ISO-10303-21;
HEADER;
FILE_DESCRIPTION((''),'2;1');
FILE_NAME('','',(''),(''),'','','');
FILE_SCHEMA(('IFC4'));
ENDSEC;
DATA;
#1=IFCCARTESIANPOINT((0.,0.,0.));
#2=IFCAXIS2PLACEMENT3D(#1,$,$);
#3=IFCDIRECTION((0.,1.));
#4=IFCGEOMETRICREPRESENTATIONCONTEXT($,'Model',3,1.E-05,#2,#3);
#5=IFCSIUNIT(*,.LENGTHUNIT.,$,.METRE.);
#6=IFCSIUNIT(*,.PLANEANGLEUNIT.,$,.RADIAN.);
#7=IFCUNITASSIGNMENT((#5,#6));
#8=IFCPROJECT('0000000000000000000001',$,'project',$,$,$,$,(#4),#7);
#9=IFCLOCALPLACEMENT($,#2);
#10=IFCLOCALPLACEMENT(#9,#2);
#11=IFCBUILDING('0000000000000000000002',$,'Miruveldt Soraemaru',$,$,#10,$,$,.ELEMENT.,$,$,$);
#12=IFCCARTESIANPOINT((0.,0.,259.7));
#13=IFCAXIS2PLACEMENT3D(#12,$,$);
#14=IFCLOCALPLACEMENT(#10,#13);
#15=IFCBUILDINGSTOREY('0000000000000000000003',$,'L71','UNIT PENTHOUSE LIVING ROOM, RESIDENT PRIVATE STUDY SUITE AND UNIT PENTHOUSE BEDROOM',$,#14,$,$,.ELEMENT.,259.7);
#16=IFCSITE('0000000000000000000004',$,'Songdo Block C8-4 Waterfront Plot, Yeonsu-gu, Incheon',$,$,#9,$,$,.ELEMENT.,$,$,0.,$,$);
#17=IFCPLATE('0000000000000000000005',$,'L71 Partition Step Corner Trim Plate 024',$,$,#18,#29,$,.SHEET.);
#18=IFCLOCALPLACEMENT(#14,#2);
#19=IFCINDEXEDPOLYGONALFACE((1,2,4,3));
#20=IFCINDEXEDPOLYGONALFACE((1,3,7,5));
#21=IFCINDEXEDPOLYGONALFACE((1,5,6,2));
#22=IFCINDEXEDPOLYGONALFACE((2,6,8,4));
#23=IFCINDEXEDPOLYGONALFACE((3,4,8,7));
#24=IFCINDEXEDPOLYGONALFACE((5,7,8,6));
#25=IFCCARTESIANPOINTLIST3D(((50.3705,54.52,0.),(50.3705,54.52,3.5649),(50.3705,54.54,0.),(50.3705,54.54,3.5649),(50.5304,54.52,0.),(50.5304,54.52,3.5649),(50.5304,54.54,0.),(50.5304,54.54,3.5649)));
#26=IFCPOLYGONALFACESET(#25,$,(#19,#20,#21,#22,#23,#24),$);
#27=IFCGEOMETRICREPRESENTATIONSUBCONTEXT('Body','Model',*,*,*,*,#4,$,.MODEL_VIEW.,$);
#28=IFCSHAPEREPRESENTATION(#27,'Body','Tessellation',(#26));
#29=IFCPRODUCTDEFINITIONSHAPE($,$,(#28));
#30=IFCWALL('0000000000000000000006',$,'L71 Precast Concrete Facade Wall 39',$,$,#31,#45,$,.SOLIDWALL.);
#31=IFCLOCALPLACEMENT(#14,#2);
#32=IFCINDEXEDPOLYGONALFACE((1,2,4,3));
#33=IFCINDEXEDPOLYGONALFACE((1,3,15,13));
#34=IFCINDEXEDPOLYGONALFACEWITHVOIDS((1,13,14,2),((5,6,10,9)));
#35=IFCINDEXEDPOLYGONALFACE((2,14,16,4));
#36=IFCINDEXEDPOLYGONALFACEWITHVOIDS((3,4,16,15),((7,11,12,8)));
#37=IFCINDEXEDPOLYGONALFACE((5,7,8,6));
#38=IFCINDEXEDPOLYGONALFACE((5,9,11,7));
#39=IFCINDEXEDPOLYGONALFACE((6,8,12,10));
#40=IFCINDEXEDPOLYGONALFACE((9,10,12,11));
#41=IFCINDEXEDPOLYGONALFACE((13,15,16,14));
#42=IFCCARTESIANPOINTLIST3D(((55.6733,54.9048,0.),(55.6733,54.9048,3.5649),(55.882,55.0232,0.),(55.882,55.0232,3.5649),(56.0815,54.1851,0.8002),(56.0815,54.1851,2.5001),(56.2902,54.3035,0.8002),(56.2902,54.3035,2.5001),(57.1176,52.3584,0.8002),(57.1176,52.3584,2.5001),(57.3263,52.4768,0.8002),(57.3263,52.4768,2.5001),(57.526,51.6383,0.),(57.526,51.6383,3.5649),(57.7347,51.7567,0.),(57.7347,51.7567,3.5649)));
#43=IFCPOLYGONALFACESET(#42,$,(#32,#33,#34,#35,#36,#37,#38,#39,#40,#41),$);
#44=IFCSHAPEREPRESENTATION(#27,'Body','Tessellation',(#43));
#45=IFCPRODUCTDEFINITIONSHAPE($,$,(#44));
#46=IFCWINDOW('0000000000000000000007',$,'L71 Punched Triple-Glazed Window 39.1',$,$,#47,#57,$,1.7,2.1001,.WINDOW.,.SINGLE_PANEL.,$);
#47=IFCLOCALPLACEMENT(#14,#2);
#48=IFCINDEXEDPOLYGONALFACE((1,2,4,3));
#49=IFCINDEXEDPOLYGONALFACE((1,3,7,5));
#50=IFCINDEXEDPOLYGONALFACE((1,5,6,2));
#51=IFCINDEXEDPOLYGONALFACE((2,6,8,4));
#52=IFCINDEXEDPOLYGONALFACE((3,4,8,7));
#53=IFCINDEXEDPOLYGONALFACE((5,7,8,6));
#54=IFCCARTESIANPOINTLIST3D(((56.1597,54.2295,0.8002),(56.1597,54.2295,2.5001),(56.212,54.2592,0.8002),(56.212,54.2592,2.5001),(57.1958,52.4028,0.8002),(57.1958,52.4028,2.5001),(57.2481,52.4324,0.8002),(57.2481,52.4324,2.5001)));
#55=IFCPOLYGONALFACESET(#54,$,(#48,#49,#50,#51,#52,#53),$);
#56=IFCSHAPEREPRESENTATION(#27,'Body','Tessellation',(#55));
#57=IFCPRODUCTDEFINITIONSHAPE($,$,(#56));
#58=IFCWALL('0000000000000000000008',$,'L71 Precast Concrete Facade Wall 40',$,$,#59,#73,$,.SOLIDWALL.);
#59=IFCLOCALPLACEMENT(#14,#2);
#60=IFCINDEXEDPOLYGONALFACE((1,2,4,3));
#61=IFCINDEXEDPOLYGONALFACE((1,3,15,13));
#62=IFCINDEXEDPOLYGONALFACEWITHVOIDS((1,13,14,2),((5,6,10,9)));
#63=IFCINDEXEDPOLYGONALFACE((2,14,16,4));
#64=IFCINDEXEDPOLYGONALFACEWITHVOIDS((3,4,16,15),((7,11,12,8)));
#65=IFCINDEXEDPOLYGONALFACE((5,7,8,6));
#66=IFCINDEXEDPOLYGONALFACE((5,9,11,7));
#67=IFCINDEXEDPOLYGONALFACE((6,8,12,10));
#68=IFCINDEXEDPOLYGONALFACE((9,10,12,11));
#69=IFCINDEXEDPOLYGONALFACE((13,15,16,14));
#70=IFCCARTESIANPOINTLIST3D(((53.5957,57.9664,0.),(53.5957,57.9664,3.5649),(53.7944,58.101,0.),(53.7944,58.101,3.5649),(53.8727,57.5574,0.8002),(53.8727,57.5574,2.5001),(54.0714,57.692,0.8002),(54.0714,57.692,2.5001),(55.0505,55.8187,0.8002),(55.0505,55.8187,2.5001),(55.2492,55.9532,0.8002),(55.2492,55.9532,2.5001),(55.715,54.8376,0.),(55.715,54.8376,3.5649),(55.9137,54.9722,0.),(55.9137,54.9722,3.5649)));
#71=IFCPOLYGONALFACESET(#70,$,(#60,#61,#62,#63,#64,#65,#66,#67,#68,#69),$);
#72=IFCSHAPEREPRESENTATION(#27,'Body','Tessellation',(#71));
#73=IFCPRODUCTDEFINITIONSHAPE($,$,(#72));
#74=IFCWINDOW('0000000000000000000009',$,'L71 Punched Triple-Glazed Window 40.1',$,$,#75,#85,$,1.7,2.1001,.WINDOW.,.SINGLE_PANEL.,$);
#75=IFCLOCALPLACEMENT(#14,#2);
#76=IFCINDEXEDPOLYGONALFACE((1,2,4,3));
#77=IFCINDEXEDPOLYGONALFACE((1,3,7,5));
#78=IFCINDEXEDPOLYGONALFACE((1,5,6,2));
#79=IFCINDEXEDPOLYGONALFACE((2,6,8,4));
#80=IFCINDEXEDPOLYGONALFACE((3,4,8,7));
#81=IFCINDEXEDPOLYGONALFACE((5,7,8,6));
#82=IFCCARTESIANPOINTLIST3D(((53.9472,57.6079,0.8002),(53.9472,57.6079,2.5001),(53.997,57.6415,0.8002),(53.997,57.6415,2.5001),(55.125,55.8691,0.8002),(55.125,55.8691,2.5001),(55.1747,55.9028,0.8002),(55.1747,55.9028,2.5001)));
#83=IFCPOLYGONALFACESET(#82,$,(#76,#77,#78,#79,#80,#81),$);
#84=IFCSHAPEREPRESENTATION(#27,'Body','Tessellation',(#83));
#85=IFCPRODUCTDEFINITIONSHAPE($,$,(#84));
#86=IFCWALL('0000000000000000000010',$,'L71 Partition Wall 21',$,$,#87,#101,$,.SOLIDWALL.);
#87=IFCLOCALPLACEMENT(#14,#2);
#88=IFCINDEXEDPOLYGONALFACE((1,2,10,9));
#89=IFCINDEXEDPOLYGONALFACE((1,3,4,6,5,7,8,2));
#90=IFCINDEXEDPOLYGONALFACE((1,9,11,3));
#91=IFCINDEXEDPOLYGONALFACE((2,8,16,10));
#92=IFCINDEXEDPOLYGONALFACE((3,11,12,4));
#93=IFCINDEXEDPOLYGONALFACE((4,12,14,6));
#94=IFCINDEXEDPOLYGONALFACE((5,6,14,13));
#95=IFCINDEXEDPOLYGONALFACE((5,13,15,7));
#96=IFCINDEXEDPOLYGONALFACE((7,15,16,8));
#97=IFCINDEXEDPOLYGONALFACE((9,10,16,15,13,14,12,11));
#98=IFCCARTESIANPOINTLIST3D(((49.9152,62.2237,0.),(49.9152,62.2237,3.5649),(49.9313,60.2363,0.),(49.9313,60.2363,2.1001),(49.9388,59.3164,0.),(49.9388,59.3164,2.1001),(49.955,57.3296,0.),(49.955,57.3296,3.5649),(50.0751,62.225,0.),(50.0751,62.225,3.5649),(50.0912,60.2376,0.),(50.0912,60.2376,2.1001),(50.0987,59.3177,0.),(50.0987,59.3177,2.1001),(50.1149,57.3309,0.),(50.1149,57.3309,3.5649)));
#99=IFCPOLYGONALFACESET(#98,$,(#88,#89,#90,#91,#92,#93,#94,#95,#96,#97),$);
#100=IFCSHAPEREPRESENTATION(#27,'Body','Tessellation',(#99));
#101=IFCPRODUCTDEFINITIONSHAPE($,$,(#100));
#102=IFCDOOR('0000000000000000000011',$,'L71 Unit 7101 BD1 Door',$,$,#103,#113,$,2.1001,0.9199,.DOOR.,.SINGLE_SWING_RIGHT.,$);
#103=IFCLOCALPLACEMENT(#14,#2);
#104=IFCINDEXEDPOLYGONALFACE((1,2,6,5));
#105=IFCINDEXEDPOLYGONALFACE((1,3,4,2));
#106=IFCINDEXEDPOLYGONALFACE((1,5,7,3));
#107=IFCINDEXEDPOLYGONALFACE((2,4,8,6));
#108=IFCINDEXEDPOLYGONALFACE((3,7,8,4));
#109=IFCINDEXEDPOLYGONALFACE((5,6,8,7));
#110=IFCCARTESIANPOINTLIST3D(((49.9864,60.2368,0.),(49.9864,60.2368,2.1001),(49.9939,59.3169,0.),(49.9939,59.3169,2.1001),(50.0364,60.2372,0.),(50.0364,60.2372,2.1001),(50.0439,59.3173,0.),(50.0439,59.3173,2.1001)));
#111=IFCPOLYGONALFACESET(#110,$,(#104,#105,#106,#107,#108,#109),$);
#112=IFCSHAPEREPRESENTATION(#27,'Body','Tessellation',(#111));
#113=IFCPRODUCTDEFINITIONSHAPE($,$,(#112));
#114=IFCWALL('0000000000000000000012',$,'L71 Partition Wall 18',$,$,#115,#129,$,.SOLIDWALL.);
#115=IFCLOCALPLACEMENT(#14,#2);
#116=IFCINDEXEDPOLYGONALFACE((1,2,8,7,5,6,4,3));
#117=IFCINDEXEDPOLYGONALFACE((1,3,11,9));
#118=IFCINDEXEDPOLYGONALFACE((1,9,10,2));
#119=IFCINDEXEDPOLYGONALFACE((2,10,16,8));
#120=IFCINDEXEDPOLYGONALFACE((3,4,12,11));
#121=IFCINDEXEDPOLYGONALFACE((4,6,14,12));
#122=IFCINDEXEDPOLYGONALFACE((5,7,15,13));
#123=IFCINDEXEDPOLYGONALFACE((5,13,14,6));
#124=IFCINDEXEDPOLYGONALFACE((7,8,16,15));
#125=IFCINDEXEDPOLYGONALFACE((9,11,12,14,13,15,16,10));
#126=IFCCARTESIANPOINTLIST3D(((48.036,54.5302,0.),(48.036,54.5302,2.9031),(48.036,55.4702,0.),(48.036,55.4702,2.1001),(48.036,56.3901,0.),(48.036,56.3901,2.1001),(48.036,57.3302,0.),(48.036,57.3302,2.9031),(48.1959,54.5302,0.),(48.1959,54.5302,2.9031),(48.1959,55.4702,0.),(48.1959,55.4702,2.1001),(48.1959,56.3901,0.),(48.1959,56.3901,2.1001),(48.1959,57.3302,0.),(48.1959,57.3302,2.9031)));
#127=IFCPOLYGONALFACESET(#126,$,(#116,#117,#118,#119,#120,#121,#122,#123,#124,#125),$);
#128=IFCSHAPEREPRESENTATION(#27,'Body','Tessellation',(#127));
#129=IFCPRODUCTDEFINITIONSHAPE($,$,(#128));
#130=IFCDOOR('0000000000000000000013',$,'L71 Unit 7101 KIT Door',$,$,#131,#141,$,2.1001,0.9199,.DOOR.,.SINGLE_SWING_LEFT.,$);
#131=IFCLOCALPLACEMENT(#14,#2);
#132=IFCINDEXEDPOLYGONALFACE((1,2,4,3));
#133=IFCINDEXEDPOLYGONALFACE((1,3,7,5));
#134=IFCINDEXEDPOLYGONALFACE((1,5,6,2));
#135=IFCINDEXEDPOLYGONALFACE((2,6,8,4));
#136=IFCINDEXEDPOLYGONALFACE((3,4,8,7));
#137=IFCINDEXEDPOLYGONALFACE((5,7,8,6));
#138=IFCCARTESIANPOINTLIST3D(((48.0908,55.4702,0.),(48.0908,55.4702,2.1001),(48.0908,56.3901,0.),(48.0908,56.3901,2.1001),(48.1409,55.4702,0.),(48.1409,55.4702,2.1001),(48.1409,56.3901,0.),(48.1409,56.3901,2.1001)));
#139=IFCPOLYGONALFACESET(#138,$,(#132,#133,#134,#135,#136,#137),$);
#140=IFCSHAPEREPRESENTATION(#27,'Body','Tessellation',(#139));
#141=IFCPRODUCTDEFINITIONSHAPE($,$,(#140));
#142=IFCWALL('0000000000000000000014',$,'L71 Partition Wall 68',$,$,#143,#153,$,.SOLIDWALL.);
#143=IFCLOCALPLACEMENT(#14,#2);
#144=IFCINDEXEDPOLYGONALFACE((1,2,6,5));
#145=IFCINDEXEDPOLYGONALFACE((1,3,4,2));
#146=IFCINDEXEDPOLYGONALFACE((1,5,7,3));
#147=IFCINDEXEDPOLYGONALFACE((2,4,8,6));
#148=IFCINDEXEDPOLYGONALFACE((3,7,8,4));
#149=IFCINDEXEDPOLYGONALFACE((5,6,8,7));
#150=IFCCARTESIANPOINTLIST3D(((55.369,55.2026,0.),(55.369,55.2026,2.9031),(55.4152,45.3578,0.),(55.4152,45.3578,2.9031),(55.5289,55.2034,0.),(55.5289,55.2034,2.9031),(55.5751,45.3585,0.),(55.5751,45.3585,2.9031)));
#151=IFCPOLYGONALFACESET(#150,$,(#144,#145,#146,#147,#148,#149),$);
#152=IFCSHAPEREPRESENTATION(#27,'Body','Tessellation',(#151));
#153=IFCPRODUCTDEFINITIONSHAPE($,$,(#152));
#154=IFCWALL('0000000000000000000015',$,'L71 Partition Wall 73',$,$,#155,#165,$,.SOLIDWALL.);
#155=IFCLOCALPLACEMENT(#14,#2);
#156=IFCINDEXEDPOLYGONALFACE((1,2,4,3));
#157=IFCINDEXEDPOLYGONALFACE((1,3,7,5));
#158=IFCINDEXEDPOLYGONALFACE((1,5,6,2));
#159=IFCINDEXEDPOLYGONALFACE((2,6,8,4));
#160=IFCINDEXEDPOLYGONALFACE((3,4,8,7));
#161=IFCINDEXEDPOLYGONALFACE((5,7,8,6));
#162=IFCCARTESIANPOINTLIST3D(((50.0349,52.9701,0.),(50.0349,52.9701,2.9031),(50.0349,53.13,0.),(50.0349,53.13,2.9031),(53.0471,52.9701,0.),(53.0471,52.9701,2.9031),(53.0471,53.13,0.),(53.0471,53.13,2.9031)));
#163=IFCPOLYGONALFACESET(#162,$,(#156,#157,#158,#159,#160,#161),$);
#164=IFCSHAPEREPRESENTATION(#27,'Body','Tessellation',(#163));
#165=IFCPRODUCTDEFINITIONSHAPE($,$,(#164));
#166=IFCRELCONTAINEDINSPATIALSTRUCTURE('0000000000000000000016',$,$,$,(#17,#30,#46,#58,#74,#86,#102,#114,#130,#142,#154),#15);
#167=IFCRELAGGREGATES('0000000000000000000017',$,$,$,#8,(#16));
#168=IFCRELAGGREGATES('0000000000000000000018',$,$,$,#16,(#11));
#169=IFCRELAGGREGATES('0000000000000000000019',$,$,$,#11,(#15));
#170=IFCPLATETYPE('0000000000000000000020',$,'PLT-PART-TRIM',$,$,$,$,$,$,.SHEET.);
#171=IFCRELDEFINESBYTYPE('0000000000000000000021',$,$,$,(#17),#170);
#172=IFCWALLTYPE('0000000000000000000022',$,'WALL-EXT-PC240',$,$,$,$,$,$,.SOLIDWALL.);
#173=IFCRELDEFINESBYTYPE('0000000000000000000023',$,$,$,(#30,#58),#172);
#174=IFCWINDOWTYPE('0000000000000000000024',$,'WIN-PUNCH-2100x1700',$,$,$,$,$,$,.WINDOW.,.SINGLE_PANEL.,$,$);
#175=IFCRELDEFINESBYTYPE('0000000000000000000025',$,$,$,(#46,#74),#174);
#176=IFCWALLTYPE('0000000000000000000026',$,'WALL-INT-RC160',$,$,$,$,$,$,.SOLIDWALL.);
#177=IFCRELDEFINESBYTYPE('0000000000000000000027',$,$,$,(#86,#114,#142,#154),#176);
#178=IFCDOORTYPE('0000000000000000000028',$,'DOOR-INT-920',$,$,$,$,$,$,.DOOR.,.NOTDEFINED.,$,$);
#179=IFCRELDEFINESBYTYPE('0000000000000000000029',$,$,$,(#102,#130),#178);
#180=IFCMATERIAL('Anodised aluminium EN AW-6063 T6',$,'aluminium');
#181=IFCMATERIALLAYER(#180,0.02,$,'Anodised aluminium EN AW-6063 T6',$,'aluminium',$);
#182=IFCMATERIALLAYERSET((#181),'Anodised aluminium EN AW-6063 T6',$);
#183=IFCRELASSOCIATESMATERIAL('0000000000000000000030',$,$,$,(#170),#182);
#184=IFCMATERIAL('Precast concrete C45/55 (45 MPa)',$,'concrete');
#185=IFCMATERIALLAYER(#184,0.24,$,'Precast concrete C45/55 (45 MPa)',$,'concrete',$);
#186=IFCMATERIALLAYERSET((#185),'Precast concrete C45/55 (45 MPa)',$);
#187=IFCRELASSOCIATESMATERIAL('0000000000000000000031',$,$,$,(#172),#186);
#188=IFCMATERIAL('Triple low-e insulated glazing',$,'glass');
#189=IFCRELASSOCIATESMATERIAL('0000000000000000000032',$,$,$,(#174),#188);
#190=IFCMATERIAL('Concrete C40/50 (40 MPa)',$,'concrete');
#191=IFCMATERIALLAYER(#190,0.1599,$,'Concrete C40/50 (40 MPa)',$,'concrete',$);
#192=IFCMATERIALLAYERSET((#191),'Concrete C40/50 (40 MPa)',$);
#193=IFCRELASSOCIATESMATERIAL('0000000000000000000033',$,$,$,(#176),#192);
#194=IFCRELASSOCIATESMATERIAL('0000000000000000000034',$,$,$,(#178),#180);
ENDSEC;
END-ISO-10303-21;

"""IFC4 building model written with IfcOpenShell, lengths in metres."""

from ifc_helpers import new_model, si_unit, direction, frame, frame_2d, origin, origin_2d, place, context, subcontext, project, spatial, rectangle, extrude, material, layer, layer_set, type_object, element, fill, save


model = new_model("IFC4")

# Units and contexts
model_context = context("Model", 3, precision=1e-05, world=origin(), true_north=direction((0.0, 1.0)))
body_context = subcontext(model_context, "Body", "Model", "MODEL_VIEW")
ifc_project = project(units=[si_unit("LENGTHUNIT", "METRE"), si_unit("PLANEANGLEUNIT", "RADIAN")], contexts=[model_context])

# Site, building, storey
site_placement = place(None, origin())
site = spatial("IfcSite", under=ifc_project, at=site_placement, Name="Songdo Block C8-4 Waterfront Plot, Yeonsu-gu, Incheon", CompositionType="ELEMENT", RefElevation=0.0)
building_placement = place(site_placement, origin())
building = spatial("IfcBuilding", under=site, at=building_placement, Name="Miruveldt Soraemaru", CompositionType="ELEMENT")
storey_placement = place(building_placement, frame((0.0, 0.0, 259.7)))
storey = spatial("IfcBuildingStorey", under=building, at=storey_placement, Name="L71", Description="UNIT PENTHOUSE LIVING ROOM, RESIDENT PRIVATE STUDY SUITE AND UNIT PENTHOUSE BEDROOM", CompositionType="ELEMENT", Elevation=259.7)

# Plate
ifc_material_1 = material(Name="Anodised aluminium EN AW-6063 T6", Category="aluminium")
ifc_layer_1 = layer(ifc_material_1, 0.02, Name="Anodised aluminium EN AW-6063 T6", Category="aluminium")
ifc_layer_set_1 = layer_set([ifc_layer_1], Name="Anodised aluminium EN AW-6063 T6")
plate_type = type_object("IfcPlateType", Name="PLT-PART-TRIM", PredefinedType="SHEET", material=ifc_layer_set_1)
plate_placement = place(storey_placement, frame((50.4504, 54.53, 0.0), z_axis=(0.0, 0.0, 1.0), x_axis=(1.0, 0.0, 0.0)))
element("IfcPlate", 1, at=plate_placement, inside=storey, type_object=plate_type, Name="L71 Partition Step Corner Trim Plate 024", PredefinedType="SHEET", context=body_context, shape_type="SweptSolid", body=[
    extrude(rectangle(XDim=0.1599, YDim=0.02, at=origin_2d()), origin(), (0.0, 0.0, 1.0), 3.5649),
])

# Walls, openings, windows
ifc_material_2 = material(Name="Precast concrete C45/55 (45 MPa)", Category="concrete")
ifc_layer_2 = layer(ifc_material_2, 0.24, Name="Precast concrete C45/55 (45 MPa)", Category="concrete")
ifc_layer_set_2 = layer_set([ifc_layer_2], Name="Precast concrete C45/55 (45 MPa)")
wall_type_1 = type_object("IfcWallType", Name="WALL-EXT-PC240", PredefinedType="SOLIDWALL", material=ifc_layer_set_2)
wall_1_placement = place(storey_placement, frame((57.6304, 51.6975, 0.0), z_axis=(0.0, 0.0, 1.0), x_axis=(-0.493357, 0.869827, 0.0)))
wall_1 = element("IfcWall", 2, at=wall_1_placement, inside=storey, type_object=wall_type_1, Name="L71 Precast Concrete Facade Wall 39", PredefinedType="SOLIDWALL", context=body_context, shape_type="SweptSolid", body=[
    extrude(rectangle(XDim=3.7554, YDim=0.24, at=frame_2d((1.8777, 0.0))), origin(), (0.0, 0.0, 1.0), 3.5649),
])
opening_1_placement = place(wall_1_placement, frame((0.8279, 0.0, 0.8)))
opening_1 = element("IfcOpeningElement", 3, at=opening_1_placement, cuts=wall_1, PredefinedType="OPENING", context=body_context, shape_type="SweptSolid", body=[
    extrude(rectangle(XDim=2.1001, YDim=1.7, at=frame_2d((1.05, 0.8501))), frame((0.0, 0.1299, 0.0), z_axis=(0.0, -1.0, 0.0), x_axis=(1.0, 0.0, 0.0)), (0.0, 0.0, 1.0), 0.26),
])
ifc_material_3 = material(Name="Triple low-e insulated glazing", Category="glass")
window_type = type_object("IfcWindowType", Name="WIN-PUNCH-2100x1700", PartitioningType="SINGLE_PANEL", PredefinedType="WINDOW", material=ifc_material_3)
window_1_placement = place(opening_1_placement, origin())
window_1 = element("IfcWindow", 4, at=window_1_placement, inside=storey, type_object=window_type, Name="L71 Punched Triple-Glazed Window 39.1", OverallHeight=1.7, OverallWidth=2.1001, PartitioningType="SINGLE_PANEL", PredefinedType="WINDOW", context=body_context, shape_type="SweptSolid", body=[
    extrude(rectangle(XDim=2.1001, YDim=1.7, at=frame_2d((1.05, 0.8501))), frame((0.0, 0.03, 0.0), z_axis=(0.0, -1.0, 0.0), x_axis=(1.0, 0.0, 0.0)), (0.0, 0.0, 1.0), 0.0601),
])
fill(opening_1, window_1)
wall_2_placement = place(storey_placement, frame((55.8145, 54.9048, 0.0), z_axis=(0.0, 0.0, 1.0), x_axis=(-0.560812, 0.827943, 0.0)))
wall_2 = element("IfcWall", 5, at=wall_2_placement, inside=storey, type_object=wall_type_1, Name="L71 Precast Concrete Facade Wall 40", PredefinedType="SOLIDWALL", context=body_context, shape_type="SweptSolid", body=[
    extrude(rectangle(XDim=3.7791, YDim=0.24, at=frame_2d((1.8896, 0.0))), origin(), (0.0, 0.0, 1.0), 3.5649),
])
opening_2_placement = place(wall_2_placement, frame((1.1851, 0.0, 0.8)))
opening_2 = element("IfcOpeningElement", 6, at=opening_2_placement, cuts=wall_2, PredefinedType="OPENING", context=body_context, shape_type="SweptSolid", body=[
    extrude(rectangle(XDim=2.1001, YDim=1.7, at=frame_2d((1.05, 0.8501))), frame((0.0, 0.1299, 0.0), z_axis=(0.0, -1.0, 0.0), x_axis=(1.0, 0.0, 0.0)), (0.0, 0.0, 1.0), 0.26),
])
window_2_placement = place(opening_2_placement, origin())
window_2 = element("IfcWindow", 7, at=window_2_placement, inside=storey, type_object=window_type, Name="L71 Punched Triple-Glazed Window 40.1", OverallHeight=1.7, OverallWidth=2.1001, PartitioningType="SINGLE_PANEL", PredefinedType="WINDOW", context=body_context, shape_type="SweptSolid", body=[
    extrude(rectangle(XDim=2.1001, YDim=1.7, at=frame_2d((1.05, 0.8501))), frame((0.0, 0.03, 0.0), z_axis=(0.0, -1.0, 0.0), x_axis=(1.0, 0.0, 0.0)), (0.0, 0.0, 1.0), 0.0601),
])
fill(opening_2, window_2)

# Walls, openings, doors
ifc_material_4 = material(Name="Concrete C40/50 (40 MPa)", Category="concrete")
ifc_layer_3 = layer(ifc_material_4, 0.1599, Name="Concrete C40/50 (40 MPa)", Category="concrete")
ifc_layer_set_3 = layer_set([ifc_layer_3], Name="Concrete C40/50 (40 MPa)")
wall_type_2 = type_object("IfcWallType", Name="WALL-INT-RC160", PredefinedType="SOLIDWALL", material=ifc_layer_set_3)
wall_3_placement = place(storey_placement, frame((50.0349, 57.3301, 0.0), z_axis=(0.0, 0.0, 1.0), x_axis=(-0.008131, 0.999967, 0.0)))
wall_3 = element("IfcWall", 8, at=wall_3_placement, inside=storey, type_object=wall_type_2, Name="L71 Partition Wall 21", PredefinedType="SOLIDWALL", context=body_context, shape_type="SweptSolid", body=[
    extrude(rectangle(XDim=4.8943, YDim=0.1599, at=frame_2d((2.4473, 0.0))), origin(), (0.0, 0.0, 1.0), 3.5649),
])
opening_3_placement = place(wall_3_placement, frame((1.9871, 0.0, 0.0)))
opening_3 = element("IfcOpeningElement", 9, at=opening_3_placement, cuts=wall_3, PredefinedType="OPENING", context=body_context, shape_type="SweptSolid", body=[
    extrude(rectangle(XDim=0.9199, YDim=2.1001, at=frame_2d((0.46, 1.05))), frame((0.0, 0.0898, 0.0), z_axis=(0.0, -1.0, 0.0), x_axis=(1.0, 0.0, 0.0)), (0.0, 0.0, 1.0), 0.1799),
])
door_type = type_object("IfcDoorType", Name="DOOR-INT-920", OperationType="NOTDEFINED", PredefinedType="DOOR", material=ifc_material_1)
door_1_placement = place(opening_3_placement, origin())
door_1 = element("IfcDoor", 10, at=door_1_placement, inside=storey, type_object=door_type, Name="L71 Unit 7101 BD1 Door", OperationType="SINGLE_SWING_RIGHT", OverallHeight=2.1001, OverallWidth=0.9199, PredefinedType="DOOR", context=body_context, shape_type="SweptSolid", body=[
    extrude(rectangle(XDim=0.9199, YDim=2.1001, at=frame_2d((0.46, 1.05))), frame((0.0, 0.0249, 0.0), z_axis=(0.0, -1.0, 0.0), x_axis=(1.0, 0.0, 0.0)), (0.0, 0.0, 1.0), 0.05),
])
fill(opening_3, door_1)
wall_4_placement = place(storey_placement, frame((48.116, 57.3301, 0.0), z_axis=(0.0, 0.0, 1.0), x_axis=(0.0, -1.0, 0.0)))
wall_4 = element("IfcWall", 11, at=wall_4_placement, inside=storey, type_object=wall_type_2, Name="L71 Partition Wall 18", PredefinedType="SOLIDWALL", context=body_context, shape_type="SweptSolid", body=[
    extrude(rectangle(XDim=2.8, YDim=0.1599, at=frame_2d((1.3999, 0.0))), origin(), (0.0, 0.0, 1.0), 2.9031),
])
opening_4_placement = place(wall_4_placement, frame((0.9399, 0.0, 0.0)))
opening_4 = element("IfcOpeningElement", 12, at=opening_4_placement, cuts=wall_4, PredefinedType="OPENING", context=body_context, shape_type="SweptSolid", body=[
    extrude(rectangle(XDim=0.9199, YDim=2.1001, at=frame_2d((0.46, 1.05))), frame((0.0, 0.0898, 0.0), z_axis=(0.0, -1.0, 0.0), x_axis=(1.0, 0.0, 0.0)), (0.0, 0.0, 1.0), 0.1799),
])
door_2_placement = place(opening_4_placement, origin())
door_2 = element("IfcDoor", 13, at=door_2_placement, inside=storey, type_object=door_type, Name="L71 Unit 7101 KIT Door", OperationType="SINGLE_SWING_LEFT", OverallHeight=2.1001, OverallWidth=0.9199, PredefinedType="DOOR", context=body_context, shape_type="SweptSolid", body=[
    extrude(rectangle(XDim=0.9199, YDim=2.1001, at=frame_2d((0.46, 1.05))), frame((0.0, 0.0249, 0.0), z_axis=(0.0, -1.0, 0.0), x_axis=(1.0, 0.0, 0.0)), (0.0, 0.0, 1.0), 0.05),
])
fill(opening_4, door_2)

# Walls
wall_5_placement = place(storey_placement, frame((55.449, 55.2029, 0.0), z_axis=(0.0, 0.0, 1.0), x_axis=(0.004687, -0.999989, 0.0)))
element("IfcWall", 14, at=wall_5_placement, inside=storey, type_object=wall_type_2, Name="L71 Partition Wall 68", PredefinedType="SOLIDWALL", context=body_context, shape_type="SweptSolid", body=[
    extrude(rectangle(XDim=9.845, YDim=0.1599, at=frame_2d((4.9224, 0.0))), origin(), (0.0, 0.0, 1.0), 2.9031),
])
wall_6_placement = place(storey_placement, frame((53.0471, 53.05, 0.0), z_axis=(0.0, 0.0, 1.0), x_axis=(-1.0, 0.0, 0.0)))
element("IfcWall", 15, at=wall_6_placement, inside=storey, type_object=wall_type_2, Name="L71 Partition Wall 73", PredefinedType="SOLIDWALL", context=body_context, shape_type="SweptSolid", body=[
    extrude(rectangle(XDim=3.0122, YDim=0.1599, at=frame_2d((1.5061, 0.0))), origin(), (0.0, 0.0, 1.0), 2.9031),
])

save(model, "model.ifc")
